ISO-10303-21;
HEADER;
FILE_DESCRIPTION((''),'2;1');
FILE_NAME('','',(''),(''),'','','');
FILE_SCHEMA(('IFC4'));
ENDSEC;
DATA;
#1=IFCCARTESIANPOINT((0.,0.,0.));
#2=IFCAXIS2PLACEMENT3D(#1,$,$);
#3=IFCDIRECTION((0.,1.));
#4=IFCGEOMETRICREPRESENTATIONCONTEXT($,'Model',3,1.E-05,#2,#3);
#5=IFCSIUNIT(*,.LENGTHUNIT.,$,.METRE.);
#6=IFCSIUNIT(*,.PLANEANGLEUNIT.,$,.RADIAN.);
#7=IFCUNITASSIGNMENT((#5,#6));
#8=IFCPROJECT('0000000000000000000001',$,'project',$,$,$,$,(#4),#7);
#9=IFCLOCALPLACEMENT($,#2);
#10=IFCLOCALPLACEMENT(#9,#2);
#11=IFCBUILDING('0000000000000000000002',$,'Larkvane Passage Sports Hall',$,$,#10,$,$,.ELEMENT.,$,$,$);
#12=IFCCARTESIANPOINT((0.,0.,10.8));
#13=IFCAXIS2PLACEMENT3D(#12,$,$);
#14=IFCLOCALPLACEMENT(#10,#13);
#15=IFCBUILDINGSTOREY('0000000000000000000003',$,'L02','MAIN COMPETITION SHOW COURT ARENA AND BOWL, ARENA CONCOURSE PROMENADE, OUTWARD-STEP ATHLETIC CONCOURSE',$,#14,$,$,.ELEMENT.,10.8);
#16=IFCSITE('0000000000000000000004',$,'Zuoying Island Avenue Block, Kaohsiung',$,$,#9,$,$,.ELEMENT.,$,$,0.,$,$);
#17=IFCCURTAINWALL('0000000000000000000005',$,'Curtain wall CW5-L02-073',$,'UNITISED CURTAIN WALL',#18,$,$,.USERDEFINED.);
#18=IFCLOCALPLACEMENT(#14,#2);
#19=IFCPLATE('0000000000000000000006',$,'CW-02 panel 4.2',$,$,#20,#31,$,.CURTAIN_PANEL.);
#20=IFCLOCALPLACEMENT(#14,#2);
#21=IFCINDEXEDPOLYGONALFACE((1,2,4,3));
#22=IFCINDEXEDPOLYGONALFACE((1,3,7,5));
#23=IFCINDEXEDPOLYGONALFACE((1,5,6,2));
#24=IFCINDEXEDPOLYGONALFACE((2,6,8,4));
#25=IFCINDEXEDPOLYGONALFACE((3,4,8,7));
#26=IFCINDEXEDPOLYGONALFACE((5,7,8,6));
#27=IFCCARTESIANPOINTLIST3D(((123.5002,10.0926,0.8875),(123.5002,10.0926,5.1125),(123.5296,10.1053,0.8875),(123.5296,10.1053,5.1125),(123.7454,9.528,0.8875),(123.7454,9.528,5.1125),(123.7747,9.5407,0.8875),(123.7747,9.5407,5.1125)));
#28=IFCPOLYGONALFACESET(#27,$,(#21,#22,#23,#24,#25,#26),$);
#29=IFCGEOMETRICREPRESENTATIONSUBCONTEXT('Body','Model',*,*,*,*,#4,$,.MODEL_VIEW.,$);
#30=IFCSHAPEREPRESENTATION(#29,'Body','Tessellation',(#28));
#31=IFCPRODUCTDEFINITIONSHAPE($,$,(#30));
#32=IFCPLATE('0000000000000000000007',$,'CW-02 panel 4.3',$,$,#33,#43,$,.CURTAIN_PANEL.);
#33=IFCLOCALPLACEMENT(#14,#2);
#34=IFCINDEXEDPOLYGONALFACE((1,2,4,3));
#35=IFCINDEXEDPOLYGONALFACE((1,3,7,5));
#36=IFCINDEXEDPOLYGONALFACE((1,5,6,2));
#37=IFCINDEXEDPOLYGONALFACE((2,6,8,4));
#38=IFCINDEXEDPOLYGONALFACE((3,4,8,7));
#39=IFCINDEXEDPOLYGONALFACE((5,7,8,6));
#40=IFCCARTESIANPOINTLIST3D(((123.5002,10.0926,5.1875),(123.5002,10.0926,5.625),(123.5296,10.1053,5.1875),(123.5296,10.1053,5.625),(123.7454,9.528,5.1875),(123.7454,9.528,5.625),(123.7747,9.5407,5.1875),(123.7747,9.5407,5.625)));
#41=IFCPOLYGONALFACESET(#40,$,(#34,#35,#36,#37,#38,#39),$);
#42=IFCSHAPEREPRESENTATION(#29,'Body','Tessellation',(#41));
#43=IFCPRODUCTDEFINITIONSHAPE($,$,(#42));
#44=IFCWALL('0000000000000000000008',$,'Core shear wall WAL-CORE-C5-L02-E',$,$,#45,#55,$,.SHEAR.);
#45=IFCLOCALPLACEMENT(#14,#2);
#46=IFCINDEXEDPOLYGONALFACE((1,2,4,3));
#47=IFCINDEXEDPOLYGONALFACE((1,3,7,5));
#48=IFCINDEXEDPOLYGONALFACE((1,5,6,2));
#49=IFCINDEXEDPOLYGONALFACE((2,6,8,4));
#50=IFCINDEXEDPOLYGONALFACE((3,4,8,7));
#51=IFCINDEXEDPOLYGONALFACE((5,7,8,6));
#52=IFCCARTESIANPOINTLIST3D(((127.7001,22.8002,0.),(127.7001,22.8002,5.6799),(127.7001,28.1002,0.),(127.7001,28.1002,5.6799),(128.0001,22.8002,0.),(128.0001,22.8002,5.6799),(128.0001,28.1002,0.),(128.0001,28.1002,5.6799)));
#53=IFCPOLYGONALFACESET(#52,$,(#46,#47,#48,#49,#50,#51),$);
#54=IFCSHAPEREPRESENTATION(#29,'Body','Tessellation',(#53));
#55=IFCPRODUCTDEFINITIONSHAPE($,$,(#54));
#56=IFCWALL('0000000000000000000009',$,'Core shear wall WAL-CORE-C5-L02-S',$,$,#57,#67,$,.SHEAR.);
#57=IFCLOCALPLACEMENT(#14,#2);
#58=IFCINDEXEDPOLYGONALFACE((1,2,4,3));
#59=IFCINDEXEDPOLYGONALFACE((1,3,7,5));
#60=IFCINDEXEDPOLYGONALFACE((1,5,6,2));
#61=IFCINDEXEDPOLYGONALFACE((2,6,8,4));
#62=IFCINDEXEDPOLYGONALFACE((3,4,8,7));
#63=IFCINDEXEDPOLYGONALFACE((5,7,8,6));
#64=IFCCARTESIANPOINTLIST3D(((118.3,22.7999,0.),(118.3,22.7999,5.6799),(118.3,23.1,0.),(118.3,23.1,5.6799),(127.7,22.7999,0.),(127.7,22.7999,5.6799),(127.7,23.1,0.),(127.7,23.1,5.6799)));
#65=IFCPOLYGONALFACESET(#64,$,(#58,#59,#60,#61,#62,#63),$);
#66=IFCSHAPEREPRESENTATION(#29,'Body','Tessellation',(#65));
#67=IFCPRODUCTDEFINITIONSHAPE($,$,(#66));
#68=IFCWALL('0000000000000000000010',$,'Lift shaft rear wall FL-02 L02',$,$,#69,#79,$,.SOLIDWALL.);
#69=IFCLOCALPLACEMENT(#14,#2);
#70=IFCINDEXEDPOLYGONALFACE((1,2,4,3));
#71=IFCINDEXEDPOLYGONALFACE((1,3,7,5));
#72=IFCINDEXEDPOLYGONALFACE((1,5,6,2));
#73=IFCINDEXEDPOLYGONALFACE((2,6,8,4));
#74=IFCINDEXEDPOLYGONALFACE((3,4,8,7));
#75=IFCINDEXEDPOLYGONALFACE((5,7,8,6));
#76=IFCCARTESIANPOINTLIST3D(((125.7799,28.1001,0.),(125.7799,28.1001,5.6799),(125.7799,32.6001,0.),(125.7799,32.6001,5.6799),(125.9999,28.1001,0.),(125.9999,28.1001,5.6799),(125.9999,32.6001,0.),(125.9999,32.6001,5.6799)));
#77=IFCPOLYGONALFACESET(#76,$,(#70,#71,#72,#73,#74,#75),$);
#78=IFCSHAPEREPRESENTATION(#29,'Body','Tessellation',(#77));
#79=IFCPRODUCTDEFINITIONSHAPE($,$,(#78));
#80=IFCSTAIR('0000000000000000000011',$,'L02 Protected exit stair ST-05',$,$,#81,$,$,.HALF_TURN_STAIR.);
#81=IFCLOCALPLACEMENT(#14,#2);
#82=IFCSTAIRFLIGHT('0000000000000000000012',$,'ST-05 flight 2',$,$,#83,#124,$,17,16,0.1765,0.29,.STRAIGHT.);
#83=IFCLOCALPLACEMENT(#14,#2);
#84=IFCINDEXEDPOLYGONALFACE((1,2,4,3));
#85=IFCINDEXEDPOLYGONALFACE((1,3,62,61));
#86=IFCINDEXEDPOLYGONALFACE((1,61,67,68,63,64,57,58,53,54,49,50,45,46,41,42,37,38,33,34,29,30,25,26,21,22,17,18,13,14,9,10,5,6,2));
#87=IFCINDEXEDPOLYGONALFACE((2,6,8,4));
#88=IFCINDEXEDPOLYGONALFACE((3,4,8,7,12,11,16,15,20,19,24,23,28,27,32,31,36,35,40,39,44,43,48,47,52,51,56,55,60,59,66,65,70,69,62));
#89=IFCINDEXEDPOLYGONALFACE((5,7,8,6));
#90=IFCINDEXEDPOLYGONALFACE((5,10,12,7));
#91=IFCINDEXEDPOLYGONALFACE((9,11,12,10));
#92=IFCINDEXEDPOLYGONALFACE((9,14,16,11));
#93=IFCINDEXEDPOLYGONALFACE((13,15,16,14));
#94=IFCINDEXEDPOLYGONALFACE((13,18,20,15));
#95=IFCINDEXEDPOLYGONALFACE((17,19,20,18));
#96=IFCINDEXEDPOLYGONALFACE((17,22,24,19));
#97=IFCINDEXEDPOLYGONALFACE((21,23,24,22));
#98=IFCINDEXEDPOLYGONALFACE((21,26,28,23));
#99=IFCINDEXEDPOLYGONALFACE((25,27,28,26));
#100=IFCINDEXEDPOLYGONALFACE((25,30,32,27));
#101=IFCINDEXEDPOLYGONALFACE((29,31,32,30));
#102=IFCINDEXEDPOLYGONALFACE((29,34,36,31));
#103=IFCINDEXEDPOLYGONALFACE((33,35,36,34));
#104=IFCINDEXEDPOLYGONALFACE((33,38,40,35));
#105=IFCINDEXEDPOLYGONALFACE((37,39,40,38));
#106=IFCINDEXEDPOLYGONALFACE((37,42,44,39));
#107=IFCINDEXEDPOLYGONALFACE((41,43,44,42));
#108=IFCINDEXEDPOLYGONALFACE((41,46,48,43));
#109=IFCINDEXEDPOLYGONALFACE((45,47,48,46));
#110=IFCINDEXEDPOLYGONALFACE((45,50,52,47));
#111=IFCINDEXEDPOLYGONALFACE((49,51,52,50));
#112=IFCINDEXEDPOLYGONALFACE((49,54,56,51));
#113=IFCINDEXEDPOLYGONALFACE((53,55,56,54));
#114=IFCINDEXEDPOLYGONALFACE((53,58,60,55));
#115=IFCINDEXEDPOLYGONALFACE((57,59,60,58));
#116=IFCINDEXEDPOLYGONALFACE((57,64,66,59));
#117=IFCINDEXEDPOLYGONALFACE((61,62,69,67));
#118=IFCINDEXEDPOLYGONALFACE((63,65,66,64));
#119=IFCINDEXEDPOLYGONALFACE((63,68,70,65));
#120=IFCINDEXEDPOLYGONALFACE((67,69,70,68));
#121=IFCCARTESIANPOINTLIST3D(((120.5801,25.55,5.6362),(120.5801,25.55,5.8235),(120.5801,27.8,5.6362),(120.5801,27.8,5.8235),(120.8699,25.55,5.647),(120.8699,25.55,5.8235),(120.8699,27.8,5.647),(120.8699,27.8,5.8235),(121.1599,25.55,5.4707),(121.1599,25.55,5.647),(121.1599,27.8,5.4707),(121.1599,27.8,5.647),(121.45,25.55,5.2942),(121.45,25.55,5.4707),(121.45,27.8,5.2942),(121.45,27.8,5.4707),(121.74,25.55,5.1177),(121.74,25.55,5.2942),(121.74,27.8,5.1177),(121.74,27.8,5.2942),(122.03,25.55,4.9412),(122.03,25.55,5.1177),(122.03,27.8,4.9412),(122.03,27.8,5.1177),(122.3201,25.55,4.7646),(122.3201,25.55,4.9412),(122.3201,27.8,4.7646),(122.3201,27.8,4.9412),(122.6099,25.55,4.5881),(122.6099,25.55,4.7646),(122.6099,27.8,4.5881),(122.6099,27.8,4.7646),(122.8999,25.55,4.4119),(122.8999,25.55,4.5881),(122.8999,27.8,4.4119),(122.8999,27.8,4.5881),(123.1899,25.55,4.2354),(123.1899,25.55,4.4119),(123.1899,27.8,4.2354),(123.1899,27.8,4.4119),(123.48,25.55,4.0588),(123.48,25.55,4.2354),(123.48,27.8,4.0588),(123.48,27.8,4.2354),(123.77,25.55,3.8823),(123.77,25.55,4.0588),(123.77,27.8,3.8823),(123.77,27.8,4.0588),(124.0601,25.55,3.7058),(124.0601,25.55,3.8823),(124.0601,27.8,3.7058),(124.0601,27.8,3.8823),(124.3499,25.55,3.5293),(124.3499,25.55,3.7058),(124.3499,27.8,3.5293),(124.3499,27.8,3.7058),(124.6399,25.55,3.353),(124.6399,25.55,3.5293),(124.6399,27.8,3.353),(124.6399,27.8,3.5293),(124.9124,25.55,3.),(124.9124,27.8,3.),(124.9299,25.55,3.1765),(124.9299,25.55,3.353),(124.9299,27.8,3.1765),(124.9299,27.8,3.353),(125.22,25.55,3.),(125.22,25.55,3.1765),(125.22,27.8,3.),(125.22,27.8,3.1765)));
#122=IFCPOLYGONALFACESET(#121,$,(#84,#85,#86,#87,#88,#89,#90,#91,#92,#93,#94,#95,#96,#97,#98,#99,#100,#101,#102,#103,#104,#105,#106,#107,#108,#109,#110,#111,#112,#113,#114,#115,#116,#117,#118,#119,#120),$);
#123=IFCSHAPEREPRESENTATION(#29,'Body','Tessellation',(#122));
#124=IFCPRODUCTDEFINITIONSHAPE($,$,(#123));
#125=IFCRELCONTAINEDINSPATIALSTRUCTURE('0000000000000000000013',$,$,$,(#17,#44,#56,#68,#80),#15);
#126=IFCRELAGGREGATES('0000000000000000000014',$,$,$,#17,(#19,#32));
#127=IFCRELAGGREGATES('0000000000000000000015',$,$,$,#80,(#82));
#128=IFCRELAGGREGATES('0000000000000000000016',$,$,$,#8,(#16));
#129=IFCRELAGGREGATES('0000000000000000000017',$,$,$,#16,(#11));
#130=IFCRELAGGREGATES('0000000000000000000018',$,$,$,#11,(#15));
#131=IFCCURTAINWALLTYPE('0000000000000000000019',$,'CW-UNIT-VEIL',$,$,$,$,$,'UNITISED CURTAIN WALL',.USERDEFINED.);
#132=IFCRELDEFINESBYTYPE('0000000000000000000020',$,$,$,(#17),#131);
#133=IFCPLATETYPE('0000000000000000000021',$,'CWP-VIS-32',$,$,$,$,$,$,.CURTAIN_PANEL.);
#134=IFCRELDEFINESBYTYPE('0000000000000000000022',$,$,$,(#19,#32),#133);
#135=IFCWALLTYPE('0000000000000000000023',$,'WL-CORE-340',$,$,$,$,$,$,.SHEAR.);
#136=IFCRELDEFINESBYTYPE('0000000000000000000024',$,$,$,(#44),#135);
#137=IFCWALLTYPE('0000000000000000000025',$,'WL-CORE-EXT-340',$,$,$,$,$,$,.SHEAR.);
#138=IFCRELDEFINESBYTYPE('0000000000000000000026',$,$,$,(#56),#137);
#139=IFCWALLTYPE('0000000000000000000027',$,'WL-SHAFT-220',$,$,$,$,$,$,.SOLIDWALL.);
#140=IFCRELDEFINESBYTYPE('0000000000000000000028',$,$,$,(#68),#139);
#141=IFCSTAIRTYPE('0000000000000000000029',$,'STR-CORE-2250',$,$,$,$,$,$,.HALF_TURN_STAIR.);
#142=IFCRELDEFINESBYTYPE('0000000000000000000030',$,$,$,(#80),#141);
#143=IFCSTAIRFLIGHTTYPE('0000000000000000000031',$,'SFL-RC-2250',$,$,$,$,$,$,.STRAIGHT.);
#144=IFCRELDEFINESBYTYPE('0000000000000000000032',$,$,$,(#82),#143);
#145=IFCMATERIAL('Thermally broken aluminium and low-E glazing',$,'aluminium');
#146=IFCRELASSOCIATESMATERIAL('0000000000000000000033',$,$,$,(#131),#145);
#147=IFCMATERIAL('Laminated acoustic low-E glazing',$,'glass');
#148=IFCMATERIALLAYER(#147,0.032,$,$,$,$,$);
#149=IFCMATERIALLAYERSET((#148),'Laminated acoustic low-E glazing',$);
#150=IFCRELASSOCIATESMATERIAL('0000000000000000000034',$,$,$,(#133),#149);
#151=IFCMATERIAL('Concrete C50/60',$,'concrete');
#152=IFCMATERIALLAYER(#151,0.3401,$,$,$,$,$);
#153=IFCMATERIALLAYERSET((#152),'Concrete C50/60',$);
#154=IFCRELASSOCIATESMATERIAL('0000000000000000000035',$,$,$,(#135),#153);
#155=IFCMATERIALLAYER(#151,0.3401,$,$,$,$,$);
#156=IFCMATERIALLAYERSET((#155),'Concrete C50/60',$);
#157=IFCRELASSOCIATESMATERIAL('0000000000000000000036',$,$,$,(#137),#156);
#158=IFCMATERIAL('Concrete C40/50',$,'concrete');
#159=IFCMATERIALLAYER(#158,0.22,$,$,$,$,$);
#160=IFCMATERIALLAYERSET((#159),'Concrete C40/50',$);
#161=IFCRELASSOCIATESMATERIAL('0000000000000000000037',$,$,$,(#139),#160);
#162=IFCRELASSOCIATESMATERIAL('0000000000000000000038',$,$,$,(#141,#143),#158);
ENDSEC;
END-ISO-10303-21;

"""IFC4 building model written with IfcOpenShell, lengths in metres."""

from ifc_helpers import new_model, si_unit, direction, frame, frame_2d, origin, origin_2d, place, context, subcontext, project, spatial, polyline, rectangle, outline, extrude, material, layer, layer_set, type_object, element, aggregate, save


model = new_model("IFC4")

# Units and contexts
model_context = context("Model", 3, precision=1e-05, world=origin(), true_north=direction((0.0, 1.0)))
body_context = subcontext(model_context, "Body", "Model", "MODEL_VIEW")
ifc_project = project(units=[si_unit("LENGTHUNIT", "METRE"), si_unit("PLANEANGLEUNIT", "RADIAN")], contexts=[model_context])

# Site, building, storey
site_placement = place(None, origin())
site = spatial("IfcSite", under=ifc_project, at=site_placement, Name="Zuoying Island Avenue Block, Kaohsiung", CompositionType="ELEMENT", RefElevation=0.0)
building_placement = place(site_placement, origin())
building = spatial("IfcBuilding", under=site, at=building_placement, Name="Larkvane Passage Sports Hall", CompositionType="ELEMENT")
storey_placement = place(building_placement, frame((0.0, 0.0, 10.8)))
storey = spatial("IfcBuildingStorey", under=building, at=storey_placement, Name="L02", Description="MAIN COMPETITION SHOW COURT ARENA AND BOWL, ARENA CONCOURSE PROMENADE, OUTWARD-STEP ATHLETIC CONCOURSE", CompositionType="ELEMENT", Elevation=10.8)

# Curtain wall
ifc_material_1 = material(Name="Thermally broken aluminium and low-E glazing", Category="aluminium")
curtain_wall_type = type_object("IfcCurtainWallType", Name="CW-UNIT-VEIL", ElementType="UNITISED CURTAIN WALL", PredefinedType="USERDEFINED", material=ifc_material_1)
curtain_wall_placement = place(storey_placement, origin())
curtain_wall = element("IfcCurtainWall", 1, at=curtain_wall_placement, inside=storey, type_object=curtain_wall_type, Name="Curtain wall CW5-L02-073", ObjectType="UNITISED CURTAIN WALL", PredefinedType="USERDEFINED")

# Plates
ifc_material_2 = material(Name="Laminated acoustic low-E glazing", Category="glass")
ifc_layer_1 = layer(ifc_material_2, 0.032)
ifc_layer_set_1 = layer_set([ifc_layer_1], Name="Laminated acoustic low-E glazing")
plate_type_1 = type_object("IfcPlateType", Name="CWP-VIS-32", PredefinedType="CURTAIN_PANEL", material=ifc_layer_set_1)
plate_1_placement = place(storey_placement, frame((123.6375, 9.8167, 0.8875), z_axis=(0.0, 0.0, 1.0), x_axis=(-0.398283, 0.917263, 0.0)))
plate_1 = element("IfcPlate", 2, at=plate_1_placement, type_object=plate_type_1, Name="CW-02 panel 4.2", PredefinedType="CURTAIN_PANEL", context=body_context, shape_type="SweptSolid", body=[
    extrude(rectangle(XDim=0.6155, YDim=0.032, at=origin_2d()), origin(), (0.0, 0.0, 1.0), 4.2251),
])
plate_2_placement = place(storey_placement, frame((123.6375, 9.8167, 5.1875), z_axis=(0.0, 0.0, 1.0), x_axis=(-0.398283, 0.917263, 0.0)))
plate_2 = element("IfcPlate", 3, at=plate_2_placement, type_object=plate_type_1, Name="CW-02 panel 4.3", PredefinedType="CURTAIN_PANEL", context=body_context, shape_type="SweptSolid", body=[
    extrude(rectangle(XDim=0.6155, YDim=0.032, at=origin_2d()), origin(), (0.0, 0.0, 1.0), 0.4375),
])
aggregate(curtain_wall, [plate_1, plate_2])

# Walls
ifc_material_3 = material(Name="Concrete C50/60", Category="concrete")
ifc_layer_2 = layer(ifc_material_3, 0.3401)
ifc_layer_set_2 = layer_set([ifc_layer_2], Name="Concrete C50/60")
wall_type_1 = type_object("IfcWallType", Name="WL-CORE-340", PredefinedType="SHEAR", material=ifc_layer_set_2)
wall_1_placement = place(storey_placement, frame((127.8501, 28.1001, 0.0), z_axis=(0.0, 0.0, 1.0), x_axis=(0.0, -1.0, 0.0)))
element("IfcWall", 4, at=wall_1_placement, inside=storey, type_object=wall_type_1, Name="Core shear wall WAL-CORE-C5-L02-E", PredefinedType="SHEAR", context=body_context, shape_type="SweptSolid", body=[
    extrude(rectangle(XDim=5.3, YDim=0.3, at=frame_2d((2.6499, 0.0))), origin(), (0.0, 0.0, 1.0), 5.6799),
])
ifc_layer_3 = layer(ifc_material_3, 0.3401)
ifc_layer_set_3 = layer_set([ifc_layer_3], Name="Concrete C50/60")
wall_type_2 = type_object("IfcWallType", Name="WL-CORE-EXT-340", PredefinedType="SHEAR", material=ifc_layer_set_3)
wall_2_placement = place(storey_placement, frame((127.7, 22.95, 0.0), z_axis=(0.0, 0.0, 1.0), x_axis=(-1.0, 0.0, 0.0)))
element("IfcWall", 5, at=wall_2_placement, inside=storey, type_object=wall_type_2, Name="Core shear wall WAL-CORE-C5-L02-S", PredefinedType="SHEAR", context=body_context, shape_type="SweptSolid", body=[
    extrude(rectangle(XDim=9.3999, YDim=0.3, at=frame_2d((4.7, 0.0))), origin(), (0.0, 0.0, 1.0), 5.6799),
])
ifc_material_4 = material(Name="Concrete C40/50", Category="concrete")
ifc_layer_4 = layer(ifc_material_4, 0.22)
ifc_layer_set_4 = layer_set([ifc_layer_4], Name="Concrete C40/50")
wall_type_3 = type_object("IfcWallType", Name="WL-SHAFT-220", PredefinedType="SOLIDWALL", material=ifc_layer_set_4)
wall_3_placement = place(storey_placement, frame((125.8899, 28.1001, 0.0), z_axis=(0.0, 0.0, 1.0), x_axis=(0.0, 1.0, 0.0)))
element("IfcWall", 6, at=wall_3_placement, inside=storey, type_object=wall_type_3, Name="Lift shaft rear wall FL-02 L02", PredefinedType="SOLIDWALL", context=body_context, shape_type="SweptSolid", body=[
    extrude(rectangle(XDim=4.5, YDim=0.22, at=frame_2d((2.25, 0.0))), origin(), (0.0, 0.0, 1.0), 5.6799),
])

# Stair, stair flight
stair_type = type_object("IfcStairType", Name="STR-CORE-2250", PredefinedType="HALF_TURN_STAIR", material=ifc_material_4)
stair_placement = place(storey_placement, origin())
stair = element("IfcStair", 7, at=stair_placement, inside=storey, type_object=stair_type, Name="L02 Protected exit stair ST-05", PredefinedType="HALF_TURN_STAIR")
stair_flight_type = type_object("IfcStairFlightType", Name="SFL-RC-2250", PredefinedType="STRAIGHT", material=ifc_material_4)
stair_flight_placement = place(storey_placement, frame((125.22, 26.675, 3.0), z_axis=(0.0, 0.0, 1.0), x_axis=(-1.0, 0.0, 0.0)))
stair_flight = element("IfcStairFlight", 8, at=stair_flight_placement, type_object=stair_flight_type, Name="ST-05 flight 2", NumberOfRisers=17, NumberOfTreads=16, PredefinedType="STRAIGHT", RiserHeight=0.1765, TreadLength=0.29, context=body_context, shape_type="SweptSolid", body=[
    extrude(outline(polyline([(0.0, 0.0), (0.0, 0.1765), (0.29, 0.1765), (0.29, 0.353), (0.5801, 0.353), (0.5801, 0.5293), (0.8701, 0.5293), (0.8701, 0.7058), (1.1599, 0.7058), (1.1599, 0.8823), (1.45, 0.8823), (1.45, 1.0588), (1.74, 1.0588), (1.74, 1.2354), (2.03, 1.2354), (2.03, 1.4119), (2.3201, 1.4119), (2.3201, 1.5881), (2.6101, 1.5881), (2.6101, 1.7646), (2.8999, 1.7646), (2.8999, 1.9412), (3.1899, 1.9412), (3.1899, 2.1177), (3.48, 2.1177), (3.48, 2.2942), (3.77, 2.2942), (3.77, 2.4707), (4.0601, 2.4707), (4.0601, 2.647), (4.3501, 2.647), (4.3501, 2.8235), (4.6399, 2.8235), (4.6399, 3.0), (4.6399, 2.6362), (0.3076, 0.0), (0.0, 0.0)])), frame((0.0, 1.125, 0.0), z_axis=(0.0, -1.0, 0.0), x_axis=(1.0, 0.0, 0.0)), (0.0, 0.0, 1.0), 2.25),
])
aggregate(stair, [stair_flight])

save(model, "model.ifc")
